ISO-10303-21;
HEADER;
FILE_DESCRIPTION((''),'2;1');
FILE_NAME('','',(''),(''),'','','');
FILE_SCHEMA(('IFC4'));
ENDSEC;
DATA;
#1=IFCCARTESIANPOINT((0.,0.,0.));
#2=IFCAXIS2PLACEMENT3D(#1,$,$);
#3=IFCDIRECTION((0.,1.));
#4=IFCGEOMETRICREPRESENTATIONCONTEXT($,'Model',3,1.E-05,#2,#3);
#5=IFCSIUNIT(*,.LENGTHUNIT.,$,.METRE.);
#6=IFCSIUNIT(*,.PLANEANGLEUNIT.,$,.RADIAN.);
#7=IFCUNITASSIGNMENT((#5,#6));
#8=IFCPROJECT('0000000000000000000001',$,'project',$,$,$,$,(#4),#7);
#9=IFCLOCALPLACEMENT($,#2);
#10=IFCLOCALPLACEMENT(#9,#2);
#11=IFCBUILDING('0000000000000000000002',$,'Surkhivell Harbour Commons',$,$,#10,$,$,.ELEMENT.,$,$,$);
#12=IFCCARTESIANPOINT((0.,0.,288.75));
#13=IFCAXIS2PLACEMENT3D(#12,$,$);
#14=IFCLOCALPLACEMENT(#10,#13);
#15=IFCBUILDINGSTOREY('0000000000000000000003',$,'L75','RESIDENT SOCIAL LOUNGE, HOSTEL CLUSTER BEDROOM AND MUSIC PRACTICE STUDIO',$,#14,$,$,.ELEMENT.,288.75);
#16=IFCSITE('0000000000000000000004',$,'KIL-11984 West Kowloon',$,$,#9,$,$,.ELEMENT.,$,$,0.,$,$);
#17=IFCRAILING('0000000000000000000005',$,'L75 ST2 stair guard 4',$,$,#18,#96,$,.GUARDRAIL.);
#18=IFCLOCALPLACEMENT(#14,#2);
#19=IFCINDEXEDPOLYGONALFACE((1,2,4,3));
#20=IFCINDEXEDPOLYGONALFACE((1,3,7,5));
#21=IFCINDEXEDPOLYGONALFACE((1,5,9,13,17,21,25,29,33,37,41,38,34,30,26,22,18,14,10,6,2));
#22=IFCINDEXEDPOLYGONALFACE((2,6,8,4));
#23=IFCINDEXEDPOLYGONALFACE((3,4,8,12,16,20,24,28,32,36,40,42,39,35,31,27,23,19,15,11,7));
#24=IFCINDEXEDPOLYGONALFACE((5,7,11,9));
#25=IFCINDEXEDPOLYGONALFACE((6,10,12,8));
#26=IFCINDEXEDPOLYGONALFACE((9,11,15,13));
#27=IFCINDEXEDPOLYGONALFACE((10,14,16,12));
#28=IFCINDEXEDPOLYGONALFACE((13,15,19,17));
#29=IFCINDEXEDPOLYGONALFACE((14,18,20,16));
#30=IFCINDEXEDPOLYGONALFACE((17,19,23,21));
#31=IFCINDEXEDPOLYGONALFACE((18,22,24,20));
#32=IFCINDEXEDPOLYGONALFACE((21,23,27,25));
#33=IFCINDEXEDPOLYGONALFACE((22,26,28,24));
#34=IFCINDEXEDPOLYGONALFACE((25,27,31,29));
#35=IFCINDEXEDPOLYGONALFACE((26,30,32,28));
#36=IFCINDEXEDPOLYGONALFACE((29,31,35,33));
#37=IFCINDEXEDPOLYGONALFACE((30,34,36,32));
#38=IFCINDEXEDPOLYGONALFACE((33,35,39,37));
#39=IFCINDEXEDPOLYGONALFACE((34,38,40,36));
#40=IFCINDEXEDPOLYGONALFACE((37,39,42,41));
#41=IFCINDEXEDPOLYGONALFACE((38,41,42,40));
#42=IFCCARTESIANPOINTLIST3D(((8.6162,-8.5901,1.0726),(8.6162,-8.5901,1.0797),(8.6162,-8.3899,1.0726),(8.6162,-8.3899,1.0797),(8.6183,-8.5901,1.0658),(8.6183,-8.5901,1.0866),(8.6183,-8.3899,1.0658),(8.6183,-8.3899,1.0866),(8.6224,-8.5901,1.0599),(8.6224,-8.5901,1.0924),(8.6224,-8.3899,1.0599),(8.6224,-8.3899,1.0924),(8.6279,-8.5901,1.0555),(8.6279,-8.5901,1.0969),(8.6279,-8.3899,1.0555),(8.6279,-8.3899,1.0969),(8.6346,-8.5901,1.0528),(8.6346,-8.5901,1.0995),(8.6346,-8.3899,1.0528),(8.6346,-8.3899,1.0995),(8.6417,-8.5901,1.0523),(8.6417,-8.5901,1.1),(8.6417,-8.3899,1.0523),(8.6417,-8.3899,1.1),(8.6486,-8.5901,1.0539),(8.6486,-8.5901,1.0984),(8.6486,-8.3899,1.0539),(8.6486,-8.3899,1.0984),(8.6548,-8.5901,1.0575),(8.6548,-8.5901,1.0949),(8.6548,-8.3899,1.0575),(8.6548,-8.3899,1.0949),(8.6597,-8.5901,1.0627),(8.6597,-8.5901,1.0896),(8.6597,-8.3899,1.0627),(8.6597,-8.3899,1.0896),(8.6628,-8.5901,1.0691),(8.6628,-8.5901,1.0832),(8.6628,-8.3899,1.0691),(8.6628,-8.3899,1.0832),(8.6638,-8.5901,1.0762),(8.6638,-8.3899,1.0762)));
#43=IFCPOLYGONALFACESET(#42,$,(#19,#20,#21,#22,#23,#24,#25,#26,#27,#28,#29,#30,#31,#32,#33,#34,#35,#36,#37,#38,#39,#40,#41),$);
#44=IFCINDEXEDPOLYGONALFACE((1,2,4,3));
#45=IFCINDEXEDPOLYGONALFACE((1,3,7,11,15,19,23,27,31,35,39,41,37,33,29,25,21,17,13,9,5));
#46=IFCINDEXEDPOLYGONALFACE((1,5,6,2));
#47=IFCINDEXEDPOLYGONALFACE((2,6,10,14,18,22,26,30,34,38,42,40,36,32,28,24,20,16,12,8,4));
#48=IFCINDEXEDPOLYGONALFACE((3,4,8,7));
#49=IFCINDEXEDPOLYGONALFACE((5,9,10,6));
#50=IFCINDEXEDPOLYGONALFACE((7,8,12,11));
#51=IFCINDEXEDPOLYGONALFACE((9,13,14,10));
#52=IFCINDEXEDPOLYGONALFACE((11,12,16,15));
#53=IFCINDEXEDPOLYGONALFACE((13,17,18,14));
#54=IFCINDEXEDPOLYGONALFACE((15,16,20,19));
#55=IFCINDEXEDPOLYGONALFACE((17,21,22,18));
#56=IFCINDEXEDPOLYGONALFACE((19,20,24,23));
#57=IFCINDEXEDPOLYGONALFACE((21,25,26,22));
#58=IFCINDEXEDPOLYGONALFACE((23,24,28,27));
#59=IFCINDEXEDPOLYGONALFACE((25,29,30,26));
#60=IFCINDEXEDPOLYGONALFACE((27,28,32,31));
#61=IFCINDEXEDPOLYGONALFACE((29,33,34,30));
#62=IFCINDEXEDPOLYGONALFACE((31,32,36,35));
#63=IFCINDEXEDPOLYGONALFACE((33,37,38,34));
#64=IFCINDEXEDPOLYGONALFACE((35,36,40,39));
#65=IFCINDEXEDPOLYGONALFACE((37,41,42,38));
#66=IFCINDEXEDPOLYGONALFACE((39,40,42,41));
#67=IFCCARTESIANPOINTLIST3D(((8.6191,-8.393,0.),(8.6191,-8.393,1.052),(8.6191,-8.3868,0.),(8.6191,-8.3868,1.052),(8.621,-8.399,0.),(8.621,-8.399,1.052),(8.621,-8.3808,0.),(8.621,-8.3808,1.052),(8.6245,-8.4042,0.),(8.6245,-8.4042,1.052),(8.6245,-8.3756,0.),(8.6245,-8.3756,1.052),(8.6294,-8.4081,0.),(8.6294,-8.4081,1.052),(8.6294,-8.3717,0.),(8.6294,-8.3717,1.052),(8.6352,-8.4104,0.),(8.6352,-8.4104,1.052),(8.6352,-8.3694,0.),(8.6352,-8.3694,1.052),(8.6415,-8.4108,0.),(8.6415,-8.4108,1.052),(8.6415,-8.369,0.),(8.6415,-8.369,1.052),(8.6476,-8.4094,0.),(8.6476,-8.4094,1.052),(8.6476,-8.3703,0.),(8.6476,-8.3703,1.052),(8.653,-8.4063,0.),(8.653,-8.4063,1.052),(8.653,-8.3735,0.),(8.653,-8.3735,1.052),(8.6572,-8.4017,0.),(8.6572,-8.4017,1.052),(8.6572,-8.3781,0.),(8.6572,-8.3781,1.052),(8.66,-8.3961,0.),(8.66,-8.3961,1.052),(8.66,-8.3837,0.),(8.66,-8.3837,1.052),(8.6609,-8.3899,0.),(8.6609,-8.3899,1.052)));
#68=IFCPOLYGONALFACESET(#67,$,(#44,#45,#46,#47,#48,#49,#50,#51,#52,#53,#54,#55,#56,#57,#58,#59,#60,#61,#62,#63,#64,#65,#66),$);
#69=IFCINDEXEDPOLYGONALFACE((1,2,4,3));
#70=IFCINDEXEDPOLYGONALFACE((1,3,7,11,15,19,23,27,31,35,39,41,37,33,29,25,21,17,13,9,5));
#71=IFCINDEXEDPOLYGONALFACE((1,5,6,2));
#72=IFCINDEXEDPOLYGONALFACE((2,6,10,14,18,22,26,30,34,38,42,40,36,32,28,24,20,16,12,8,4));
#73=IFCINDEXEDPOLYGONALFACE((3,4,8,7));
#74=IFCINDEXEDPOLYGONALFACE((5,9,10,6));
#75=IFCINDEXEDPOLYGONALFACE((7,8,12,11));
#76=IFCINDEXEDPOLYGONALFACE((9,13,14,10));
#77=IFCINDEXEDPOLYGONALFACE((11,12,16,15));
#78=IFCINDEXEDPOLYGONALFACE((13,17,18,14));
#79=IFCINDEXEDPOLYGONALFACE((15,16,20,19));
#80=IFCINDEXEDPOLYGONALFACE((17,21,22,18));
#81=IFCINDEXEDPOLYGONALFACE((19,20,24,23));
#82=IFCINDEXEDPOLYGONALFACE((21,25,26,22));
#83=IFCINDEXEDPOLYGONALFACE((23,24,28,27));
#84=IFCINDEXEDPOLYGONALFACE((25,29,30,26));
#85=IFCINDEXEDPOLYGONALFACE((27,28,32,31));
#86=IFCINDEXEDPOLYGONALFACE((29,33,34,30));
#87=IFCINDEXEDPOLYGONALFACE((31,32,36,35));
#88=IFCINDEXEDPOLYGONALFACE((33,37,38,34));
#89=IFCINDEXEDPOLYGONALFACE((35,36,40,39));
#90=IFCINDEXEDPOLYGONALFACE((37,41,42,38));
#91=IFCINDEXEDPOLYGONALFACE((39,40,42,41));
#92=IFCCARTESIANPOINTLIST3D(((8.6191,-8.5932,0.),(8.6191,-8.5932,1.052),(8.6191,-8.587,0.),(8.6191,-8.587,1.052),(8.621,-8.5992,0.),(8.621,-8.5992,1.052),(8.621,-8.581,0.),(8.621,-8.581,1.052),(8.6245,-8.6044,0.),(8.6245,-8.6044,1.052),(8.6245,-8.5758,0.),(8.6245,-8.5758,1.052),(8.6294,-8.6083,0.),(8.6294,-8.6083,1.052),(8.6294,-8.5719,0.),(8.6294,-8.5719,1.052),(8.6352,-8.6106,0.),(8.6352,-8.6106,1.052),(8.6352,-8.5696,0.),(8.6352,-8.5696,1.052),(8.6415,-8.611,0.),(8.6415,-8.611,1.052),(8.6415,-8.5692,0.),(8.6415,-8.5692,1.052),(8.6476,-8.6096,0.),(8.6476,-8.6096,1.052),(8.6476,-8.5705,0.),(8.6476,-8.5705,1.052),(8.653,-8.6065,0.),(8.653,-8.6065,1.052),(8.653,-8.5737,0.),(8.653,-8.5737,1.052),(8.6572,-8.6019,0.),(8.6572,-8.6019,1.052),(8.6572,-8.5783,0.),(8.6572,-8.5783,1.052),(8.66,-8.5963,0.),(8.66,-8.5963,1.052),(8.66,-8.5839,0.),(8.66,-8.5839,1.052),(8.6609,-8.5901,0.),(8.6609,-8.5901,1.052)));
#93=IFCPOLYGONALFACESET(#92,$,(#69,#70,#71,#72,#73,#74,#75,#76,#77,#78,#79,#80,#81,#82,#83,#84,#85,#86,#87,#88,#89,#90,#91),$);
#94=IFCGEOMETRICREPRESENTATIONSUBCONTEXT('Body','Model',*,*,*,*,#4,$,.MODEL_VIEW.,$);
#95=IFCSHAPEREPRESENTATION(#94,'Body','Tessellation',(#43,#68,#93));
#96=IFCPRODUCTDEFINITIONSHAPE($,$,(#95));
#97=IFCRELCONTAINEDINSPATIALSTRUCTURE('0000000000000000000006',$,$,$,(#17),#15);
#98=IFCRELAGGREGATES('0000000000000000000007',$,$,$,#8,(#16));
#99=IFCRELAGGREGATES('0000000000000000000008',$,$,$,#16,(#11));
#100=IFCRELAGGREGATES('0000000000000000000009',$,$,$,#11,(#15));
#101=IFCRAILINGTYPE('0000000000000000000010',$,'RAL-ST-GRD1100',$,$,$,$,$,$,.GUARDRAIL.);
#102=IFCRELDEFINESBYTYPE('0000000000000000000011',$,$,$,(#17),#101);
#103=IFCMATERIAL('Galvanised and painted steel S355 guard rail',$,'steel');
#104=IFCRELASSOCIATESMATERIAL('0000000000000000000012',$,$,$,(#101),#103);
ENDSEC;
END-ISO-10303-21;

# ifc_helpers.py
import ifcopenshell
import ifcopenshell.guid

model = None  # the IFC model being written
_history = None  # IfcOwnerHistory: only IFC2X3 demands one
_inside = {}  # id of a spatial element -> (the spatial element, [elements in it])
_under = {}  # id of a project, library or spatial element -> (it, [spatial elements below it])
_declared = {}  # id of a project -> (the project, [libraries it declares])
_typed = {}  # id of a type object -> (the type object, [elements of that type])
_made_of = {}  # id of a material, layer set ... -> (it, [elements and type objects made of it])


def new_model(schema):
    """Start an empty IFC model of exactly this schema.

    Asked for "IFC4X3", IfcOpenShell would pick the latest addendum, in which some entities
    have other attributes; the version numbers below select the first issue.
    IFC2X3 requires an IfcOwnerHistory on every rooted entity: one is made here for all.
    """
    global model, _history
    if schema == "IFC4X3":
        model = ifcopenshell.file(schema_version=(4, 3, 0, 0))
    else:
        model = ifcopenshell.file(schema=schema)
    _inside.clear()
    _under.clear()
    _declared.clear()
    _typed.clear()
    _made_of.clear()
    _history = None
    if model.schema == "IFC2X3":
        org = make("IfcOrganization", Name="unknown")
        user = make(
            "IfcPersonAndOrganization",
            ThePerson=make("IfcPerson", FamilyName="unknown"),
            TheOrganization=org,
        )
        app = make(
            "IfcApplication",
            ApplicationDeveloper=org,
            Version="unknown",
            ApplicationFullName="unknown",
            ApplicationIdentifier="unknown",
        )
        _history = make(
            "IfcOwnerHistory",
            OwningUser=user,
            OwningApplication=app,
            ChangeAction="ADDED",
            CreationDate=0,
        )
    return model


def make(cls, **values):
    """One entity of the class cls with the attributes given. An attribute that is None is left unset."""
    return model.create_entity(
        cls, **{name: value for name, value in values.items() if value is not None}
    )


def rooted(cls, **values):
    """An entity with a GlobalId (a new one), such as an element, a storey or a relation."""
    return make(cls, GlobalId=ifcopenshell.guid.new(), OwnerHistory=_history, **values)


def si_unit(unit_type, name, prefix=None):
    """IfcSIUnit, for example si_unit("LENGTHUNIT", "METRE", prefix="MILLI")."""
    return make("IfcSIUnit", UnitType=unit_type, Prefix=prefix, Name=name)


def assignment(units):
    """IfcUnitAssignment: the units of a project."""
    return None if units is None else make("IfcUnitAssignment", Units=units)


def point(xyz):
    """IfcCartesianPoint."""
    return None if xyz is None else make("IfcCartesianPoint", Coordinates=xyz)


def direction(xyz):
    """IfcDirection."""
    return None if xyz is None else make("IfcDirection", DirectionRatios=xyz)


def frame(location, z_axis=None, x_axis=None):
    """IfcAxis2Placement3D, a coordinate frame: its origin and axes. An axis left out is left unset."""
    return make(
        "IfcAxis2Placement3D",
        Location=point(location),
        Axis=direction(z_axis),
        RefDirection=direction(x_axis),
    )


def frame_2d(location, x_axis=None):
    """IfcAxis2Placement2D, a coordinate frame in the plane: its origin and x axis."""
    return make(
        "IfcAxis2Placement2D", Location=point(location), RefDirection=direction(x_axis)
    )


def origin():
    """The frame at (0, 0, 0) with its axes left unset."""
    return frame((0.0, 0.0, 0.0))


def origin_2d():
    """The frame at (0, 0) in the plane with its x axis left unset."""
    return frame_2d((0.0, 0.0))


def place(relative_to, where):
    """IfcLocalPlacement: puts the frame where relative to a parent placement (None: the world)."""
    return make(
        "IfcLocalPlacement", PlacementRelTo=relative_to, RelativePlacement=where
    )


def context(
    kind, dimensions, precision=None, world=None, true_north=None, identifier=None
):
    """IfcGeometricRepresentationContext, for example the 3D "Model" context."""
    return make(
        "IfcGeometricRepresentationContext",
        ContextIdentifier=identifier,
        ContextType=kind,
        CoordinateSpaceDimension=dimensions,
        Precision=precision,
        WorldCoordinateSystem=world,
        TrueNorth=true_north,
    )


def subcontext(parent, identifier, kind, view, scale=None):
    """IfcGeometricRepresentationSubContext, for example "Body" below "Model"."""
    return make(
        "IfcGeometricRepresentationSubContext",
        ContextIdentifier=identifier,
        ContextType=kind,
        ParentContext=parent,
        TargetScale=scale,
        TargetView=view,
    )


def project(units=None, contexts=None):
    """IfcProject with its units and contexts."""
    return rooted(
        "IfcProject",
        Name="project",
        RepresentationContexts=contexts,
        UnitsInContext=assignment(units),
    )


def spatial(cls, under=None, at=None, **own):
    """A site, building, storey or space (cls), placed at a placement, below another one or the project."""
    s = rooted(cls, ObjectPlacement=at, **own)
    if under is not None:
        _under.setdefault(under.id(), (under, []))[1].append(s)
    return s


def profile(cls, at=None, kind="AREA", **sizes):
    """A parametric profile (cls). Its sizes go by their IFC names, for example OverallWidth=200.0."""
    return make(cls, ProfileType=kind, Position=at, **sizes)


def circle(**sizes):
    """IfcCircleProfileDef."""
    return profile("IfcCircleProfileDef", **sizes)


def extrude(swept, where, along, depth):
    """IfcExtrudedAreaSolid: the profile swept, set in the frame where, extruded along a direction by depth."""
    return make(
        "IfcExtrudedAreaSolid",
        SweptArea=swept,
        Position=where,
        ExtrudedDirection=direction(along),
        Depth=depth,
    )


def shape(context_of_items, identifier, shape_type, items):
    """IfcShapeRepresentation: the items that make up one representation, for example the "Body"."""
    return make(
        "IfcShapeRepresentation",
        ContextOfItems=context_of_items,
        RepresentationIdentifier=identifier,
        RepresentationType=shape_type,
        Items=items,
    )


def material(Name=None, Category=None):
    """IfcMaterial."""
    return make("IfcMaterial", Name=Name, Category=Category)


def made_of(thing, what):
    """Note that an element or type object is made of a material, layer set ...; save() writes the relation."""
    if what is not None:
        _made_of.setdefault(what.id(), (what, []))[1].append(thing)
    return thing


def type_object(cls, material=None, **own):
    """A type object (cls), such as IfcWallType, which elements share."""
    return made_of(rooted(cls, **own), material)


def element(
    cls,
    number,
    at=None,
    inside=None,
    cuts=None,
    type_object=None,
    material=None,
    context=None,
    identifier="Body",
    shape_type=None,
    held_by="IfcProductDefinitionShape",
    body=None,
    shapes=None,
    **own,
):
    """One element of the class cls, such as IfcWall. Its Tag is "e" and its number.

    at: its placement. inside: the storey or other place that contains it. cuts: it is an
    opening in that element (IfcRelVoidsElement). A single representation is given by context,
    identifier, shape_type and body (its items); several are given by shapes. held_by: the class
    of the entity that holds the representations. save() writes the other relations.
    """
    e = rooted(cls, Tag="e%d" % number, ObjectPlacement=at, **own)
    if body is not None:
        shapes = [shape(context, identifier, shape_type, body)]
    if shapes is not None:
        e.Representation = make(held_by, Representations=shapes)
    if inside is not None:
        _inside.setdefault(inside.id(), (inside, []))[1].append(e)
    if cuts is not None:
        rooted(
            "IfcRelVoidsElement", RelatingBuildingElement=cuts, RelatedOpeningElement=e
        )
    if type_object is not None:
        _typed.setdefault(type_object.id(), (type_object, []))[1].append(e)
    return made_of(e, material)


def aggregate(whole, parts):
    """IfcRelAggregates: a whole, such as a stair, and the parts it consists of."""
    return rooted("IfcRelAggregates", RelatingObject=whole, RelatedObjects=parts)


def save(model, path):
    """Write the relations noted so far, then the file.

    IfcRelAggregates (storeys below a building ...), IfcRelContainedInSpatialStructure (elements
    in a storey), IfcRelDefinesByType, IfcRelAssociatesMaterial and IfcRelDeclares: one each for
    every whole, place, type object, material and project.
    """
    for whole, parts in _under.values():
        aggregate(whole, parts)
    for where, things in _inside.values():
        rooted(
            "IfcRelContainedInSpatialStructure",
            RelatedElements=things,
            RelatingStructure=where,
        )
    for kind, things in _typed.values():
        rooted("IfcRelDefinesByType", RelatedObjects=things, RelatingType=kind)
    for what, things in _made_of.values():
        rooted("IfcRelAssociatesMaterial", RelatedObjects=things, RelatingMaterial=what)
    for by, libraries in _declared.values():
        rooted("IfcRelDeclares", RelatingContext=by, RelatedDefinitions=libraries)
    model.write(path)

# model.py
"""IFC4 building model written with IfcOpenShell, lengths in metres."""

from ifc_helpers import new_model, si_unit, direction, frame, origin, origin_2d, place, context, subcontext, project, spatial, circle, extrude, material, type_object, element, save


model = new_model("IFC4")

# Units and contexts
model_context = context("Model", 3, precision=1e-05, world=origin(), true_north=direction((0.0, 1.0)))
body_context = subcontext(model_context, "Body", "Model", "MODEL_VIEW")
ifc_project = project(units=[si_unit("LENGTHUNIT", "METRE"), si_unit("PLANEANGLEUNIT", "RADIAN")], contexts=[model_context])

# Site, building, storey
site_placement = place(None, origin())
site = spatial("IfcSite", under=ifc_project, at=site_placement, Name="KIL-11984 West Kowloon", CompositionType="ELEMENT", RefElevation=0.0)
building_placement = place(site_placement, origin())
building = spatial("IfcBuilding", under=site, at=building_placement, Name="Surkhivell Harbour Commons", CompositionType="ELEMENT")
storey_placement = place(building_placement, frame((0.0, 0.0, 288.75)))
storey = spatial("IfcBuildingStorey", under=building, at=storey_placement, Name="L75", Description="RESIDENT SOCIAL LOUNGE, HOSTEL CLUSTER BEDROOM AND MUSIC PRACTICE STUDIO", CompositionType="ELEMENT", Elevation=288.75)

# Railing
ifc_material_1 = material(Name="Galvanised and painted steel S355 guard rail", Category="steel")
railing_type_1 = type_object("IfcRailingType", Name="RAL-ST-GRD1100", PredefinedType="GUARDRAIL", material=ifc_material_1)
railing_1_placement = place(storey_placement, frame((8.6399, -8.3899, 0.0)))
element("IfcRailing", 1, at=railing_1_placement, inside=storey, type_object=railing_type_1, Name="L75 ST2 stair guard 4", PredefinedType="GUARDRAIL", context=body_context, shape_type="SweptSolid", body=[
    extrude(circle(Radius=0.0239, at=origin_2d()), frame((0.0, 0.0, 1.0762), z_axis=(0.0, -1.0, 0.0), x_axis=(1.0, 0.0, 0.0)), (0.0, 0.0, 1.0), 0.2002),
    extrude(circle(Radius=0.021, at=origin_2d()), origin(), (0.0, 0.0, 1.0), 1.052),
    extrude(circle(Radius=0.021, at=origin_2d()), frame((0.0, -0.2002, 0.0)), (0.0, 0.0, 1.0), 1.052),
])

save(model, "model.ifc")
